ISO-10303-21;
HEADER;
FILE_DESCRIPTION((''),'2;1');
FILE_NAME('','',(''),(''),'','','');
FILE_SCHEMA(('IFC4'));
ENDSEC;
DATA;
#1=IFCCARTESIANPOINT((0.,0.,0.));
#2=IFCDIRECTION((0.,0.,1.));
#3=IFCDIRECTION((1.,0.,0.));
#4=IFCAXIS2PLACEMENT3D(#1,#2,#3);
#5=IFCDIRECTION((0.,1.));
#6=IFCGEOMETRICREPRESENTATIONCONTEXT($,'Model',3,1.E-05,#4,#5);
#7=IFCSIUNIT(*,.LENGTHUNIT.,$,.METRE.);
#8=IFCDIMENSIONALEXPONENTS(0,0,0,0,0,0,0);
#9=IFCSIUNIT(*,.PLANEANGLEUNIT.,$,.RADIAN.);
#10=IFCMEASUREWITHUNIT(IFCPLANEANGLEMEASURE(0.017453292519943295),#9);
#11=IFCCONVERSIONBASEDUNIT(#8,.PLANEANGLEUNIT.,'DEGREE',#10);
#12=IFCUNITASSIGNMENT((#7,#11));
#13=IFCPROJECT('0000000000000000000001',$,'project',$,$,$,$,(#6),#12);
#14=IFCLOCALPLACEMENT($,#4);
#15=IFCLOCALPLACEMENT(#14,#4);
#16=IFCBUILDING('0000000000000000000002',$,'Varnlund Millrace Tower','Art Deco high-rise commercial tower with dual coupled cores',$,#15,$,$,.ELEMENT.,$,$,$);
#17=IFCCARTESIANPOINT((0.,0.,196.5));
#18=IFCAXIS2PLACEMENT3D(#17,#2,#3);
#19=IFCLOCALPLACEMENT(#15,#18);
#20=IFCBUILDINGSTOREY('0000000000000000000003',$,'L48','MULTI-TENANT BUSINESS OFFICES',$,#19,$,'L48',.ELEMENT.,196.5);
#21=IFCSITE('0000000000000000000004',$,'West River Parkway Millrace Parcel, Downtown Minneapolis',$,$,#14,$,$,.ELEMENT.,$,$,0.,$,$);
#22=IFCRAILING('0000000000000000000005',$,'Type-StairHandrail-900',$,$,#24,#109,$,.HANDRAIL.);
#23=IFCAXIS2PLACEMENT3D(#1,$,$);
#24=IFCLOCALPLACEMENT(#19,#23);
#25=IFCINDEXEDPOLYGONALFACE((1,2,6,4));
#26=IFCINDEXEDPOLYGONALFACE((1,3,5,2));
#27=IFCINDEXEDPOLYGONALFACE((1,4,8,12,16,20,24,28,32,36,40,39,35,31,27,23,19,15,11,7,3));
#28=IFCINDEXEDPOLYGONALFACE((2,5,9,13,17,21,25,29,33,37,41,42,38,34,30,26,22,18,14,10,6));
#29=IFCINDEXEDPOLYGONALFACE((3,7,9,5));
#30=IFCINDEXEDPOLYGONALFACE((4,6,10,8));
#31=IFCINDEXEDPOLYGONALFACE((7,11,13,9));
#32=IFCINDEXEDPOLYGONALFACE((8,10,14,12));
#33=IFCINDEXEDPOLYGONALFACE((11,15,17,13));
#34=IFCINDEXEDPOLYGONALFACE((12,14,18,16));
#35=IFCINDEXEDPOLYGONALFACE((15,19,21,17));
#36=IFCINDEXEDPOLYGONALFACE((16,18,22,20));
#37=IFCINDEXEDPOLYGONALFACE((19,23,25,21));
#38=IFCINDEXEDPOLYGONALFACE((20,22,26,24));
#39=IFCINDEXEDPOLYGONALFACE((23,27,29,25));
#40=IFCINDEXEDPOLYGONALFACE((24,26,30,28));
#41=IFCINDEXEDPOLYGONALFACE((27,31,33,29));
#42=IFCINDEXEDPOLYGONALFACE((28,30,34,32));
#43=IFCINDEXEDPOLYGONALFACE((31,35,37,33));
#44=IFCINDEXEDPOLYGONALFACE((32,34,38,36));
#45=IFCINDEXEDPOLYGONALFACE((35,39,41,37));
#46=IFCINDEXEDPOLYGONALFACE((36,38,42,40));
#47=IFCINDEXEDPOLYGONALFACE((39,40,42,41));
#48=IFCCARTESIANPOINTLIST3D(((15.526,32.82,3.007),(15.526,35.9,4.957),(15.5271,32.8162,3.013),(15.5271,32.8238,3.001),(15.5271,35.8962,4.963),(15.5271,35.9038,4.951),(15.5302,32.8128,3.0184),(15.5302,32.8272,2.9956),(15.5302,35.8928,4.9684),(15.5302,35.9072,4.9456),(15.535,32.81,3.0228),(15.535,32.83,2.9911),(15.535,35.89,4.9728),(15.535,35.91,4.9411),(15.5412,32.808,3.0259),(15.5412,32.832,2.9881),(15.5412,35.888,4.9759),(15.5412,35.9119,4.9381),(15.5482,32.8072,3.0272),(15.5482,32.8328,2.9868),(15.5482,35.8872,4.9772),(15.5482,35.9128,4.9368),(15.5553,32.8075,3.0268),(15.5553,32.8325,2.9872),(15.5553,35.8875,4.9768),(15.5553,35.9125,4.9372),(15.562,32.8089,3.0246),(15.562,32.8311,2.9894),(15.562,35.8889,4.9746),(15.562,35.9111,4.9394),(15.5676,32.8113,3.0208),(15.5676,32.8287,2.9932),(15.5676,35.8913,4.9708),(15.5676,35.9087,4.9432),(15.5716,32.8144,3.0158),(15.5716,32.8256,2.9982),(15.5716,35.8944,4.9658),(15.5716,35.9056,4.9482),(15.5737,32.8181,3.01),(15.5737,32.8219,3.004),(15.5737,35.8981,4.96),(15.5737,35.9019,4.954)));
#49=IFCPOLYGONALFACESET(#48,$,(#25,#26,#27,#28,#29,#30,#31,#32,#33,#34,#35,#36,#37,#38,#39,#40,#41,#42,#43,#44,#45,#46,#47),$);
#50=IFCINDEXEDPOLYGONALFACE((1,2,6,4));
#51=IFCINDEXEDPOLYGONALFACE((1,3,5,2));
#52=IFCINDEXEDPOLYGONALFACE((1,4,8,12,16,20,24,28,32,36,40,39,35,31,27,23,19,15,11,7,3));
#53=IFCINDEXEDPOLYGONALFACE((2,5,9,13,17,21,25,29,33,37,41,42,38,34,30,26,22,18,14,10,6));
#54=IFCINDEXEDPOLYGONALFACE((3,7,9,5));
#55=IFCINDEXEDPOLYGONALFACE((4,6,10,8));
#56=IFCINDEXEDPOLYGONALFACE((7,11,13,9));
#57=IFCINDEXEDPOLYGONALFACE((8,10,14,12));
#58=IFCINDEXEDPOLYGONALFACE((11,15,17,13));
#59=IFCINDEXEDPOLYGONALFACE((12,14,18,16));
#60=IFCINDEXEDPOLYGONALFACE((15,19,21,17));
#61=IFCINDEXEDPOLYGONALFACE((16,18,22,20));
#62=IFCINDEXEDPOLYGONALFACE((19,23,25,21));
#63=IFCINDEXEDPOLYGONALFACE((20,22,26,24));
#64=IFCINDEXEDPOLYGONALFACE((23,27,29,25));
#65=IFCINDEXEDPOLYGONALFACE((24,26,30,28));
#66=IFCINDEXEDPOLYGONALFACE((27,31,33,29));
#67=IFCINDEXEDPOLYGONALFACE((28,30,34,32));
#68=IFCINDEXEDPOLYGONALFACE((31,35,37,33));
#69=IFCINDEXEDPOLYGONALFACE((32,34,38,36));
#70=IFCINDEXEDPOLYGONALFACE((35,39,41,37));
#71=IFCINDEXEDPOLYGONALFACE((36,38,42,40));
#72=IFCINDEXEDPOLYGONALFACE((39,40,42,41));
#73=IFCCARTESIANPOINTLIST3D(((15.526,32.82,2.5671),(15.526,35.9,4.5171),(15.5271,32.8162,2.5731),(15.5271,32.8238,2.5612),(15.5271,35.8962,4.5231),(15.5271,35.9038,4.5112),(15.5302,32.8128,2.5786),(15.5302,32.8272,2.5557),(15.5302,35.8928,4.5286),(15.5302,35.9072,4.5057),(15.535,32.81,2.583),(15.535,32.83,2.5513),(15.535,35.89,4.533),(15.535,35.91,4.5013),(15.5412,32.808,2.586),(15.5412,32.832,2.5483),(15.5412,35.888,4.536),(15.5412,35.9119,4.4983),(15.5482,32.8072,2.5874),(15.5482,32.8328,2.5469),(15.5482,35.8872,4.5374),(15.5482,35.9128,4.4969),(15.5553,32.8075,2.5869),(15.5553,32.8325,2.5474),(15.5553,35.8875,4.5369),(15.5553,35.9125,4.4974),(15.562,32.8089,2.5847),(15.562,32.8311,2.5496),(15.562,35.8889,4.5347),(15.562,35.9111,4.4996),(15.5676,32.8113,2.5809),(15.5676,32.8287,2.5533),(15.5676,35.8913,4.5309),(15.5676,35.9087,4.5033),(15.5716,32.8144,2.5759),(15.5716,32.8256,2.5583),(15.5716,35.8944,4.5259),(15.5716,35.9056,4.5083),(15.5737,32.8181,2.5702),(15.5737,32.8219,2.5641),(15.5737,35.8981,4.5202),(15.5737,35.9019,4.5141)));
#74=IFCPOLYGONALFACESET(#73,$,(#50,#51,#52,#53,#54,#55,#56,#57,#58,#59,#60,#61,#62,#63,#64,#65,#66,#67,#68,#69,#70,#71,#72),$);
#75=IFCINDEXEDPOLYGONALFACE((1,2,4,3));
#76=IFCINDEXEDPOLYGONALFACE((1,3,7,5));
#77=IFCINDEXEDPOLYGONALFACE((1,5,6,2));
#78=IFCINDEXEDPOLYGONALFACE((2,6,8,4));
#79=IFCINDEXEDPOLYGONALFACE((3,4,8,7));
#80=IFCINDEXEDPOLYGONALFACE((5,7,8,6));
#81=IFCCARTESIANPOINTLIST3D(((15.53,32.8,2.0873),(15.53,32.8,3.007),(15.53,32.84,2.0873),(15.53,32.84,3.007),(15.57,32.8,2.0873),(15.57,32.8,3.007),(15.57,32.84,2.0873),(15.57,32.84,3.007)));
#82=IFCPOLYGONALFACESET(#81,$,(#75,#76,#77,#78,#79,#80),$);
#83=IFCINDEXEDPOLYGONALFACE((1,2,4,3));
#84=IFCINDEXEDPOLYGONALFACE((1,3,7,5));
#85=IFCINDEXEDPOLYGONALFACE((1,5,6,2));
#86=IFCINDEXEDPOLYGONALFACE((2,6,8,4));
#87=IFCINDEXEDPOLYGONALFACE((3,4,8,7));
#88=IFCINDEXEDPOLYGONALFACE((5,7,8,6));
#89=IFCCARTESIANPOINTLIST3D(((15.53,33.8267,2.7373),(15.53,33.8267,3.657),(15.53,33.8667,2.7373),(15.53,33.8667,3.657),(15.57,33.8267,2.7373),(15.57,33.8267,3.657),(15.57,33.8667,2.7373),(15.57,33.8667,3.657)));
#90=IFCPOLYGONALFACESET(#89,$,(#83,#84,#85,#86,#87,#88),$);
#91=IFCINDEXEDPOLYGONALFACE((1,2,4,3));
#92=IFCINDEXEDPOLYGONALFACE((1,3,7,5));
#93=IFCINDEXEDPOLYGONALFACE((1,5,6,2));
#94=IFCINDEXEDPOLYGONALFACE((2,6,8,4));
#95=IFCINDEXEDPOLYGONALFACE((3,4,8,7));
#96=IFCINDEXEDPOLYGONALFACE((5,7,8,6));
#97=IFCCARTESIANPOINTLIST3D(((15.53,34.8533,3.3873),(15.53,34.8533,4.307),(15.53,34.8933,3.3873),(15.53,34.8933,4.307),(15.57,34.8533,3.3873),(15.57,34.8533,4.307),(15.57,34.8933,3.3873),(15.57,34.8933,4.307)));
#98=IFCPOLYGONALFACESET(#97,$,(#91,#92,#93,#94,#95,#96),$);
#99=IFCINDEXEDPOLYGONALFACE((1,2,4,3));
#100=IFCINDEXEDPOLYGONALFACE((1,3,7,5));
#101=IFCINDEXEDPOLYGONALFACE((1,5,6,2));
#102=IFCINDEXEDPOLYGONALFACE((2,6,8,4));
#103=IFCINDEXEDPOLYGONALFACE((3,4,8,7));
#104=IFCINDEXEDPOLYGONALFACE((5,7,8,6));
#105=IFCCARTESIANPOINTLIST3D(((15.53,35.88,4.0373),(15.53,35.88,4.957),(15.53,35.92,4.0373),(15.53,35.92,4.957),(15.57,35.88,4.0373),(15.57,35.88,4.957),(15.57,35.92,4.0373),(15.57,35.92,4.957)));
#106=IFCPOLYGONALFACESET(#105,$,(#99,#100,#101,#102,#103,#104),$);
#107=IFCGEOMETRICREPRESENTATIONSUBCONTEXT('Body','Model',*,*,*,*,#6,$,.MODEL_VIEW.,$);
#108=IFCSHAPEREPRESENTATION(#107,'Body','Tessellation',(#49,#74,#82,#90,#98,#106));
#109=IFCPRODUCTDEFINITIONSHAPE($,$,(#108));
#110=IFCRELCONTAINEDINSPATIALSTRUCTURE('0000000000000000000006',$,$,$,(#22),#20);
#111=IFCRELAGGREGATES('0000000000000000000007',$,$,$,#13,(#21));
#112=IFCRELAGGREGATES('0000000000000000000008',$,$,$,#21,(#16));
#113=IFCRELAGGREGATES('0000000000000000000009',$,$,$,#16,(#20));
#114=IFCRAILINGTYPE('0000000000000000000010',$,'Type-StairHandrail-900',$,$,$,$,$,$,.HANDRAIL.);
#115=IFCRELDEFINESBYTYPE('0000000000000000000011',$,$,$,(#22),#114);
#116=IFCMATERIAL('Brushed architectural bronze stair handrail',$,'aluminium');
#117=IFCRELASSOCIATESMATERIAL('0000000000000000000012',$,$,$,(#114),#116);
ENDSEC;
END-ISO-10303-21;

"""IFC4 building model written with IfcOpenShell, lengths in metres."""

from ifc_helpers import new_model, entity, si_unit, converted_unit, direction, frame, origin_with_axes, origin_2d_with_axis, place, context, subcontext, project, spatial, rectangle, circle, extrude, material, type_object, element, save


model = new_model("IFC4")

# Units and contexts
model_context = context("Model", 3, precision=1e-05, world=origin_with_axes(), true_north=direction((0.0, 1.0)))
body_context = subcontext(model_context, "Body", "Model", "MODEL_VIEW")
ifc_project = project(units=[si_unit("LENGTHUNIT", "METRE"), converted_unit("PLANEANGLEUNIT", "DEGREE", entity("IfcPlaneAngleMeasure", 0.017453292519943295), si_unit("PLANEANGLEUNIT", "RADIAN"), dimensions=[0, 0, 0, 0, 0, 0, 0])], contexts=[model_context])

# Site, building, storey
site_placement = place(None, origin_with_axes())
site = spatial("IfcSite", under=ifc_project, at=site_placement, Name="West River Parkway Millrace Parcel, Downtown Minneapolis", CompositionType="ELEMENT", RefElevation=0.0)
building_placement = place(site_placement, origin_with_axes())
building = spatial("IfcBuilding", under=site, at=building_placement, Name="Varnlund Millrace Tower", Description="Art Deco high-rise commercial tower with dual coupled cores", CompositionType="ELEMENT")
storey_placement = place(building_placement, frame((0.0, 0.0, 196.5), z_axis=(0.0, 0.0, 1.0), x_axis=(1.0, 0.0, 0.0)))
storey = spatial("IfcBuildingStorey", under=building, at=storey_placement, Name="L48", Description="MULTI-TENANT BUSINESS OFFICES", LongName="L48", CompositionType="ELEMENT", Elevation=196.5)

# Railing
ifc_material_1 = material(Name="Brushed architectural bronze stair handrail", Category="aluminium")
railing_type_1 = type_object("IfcRailingType", Name="Type-StairHandrail-900", PredefinedType="HANDRAIL", material=ifc_material_1)
railing_1_placement = place(storey_placement, frame((0.0, 0.0, -196.5), z_axis=(0.0, 0.0, 1.0), x_axis=(1.0, 0.0, 0.0)))
element("IfcRailing", 1, at=railing_1_placement, inside=storey, type_object=railing_type_1, Name="Type-StairHandrail-900", PredefinedType="HANDRAIL", context=body_context, shape_type="SweptSolid", body=[
    extrude(circle(Radius=0.024, at=origin_2d_with_axis()), frame((15.55, 32.82, 199.507), z_axis=(0.0, 0.844902, 0.534922), x_axis=(-1.0, 0.0, 0.0)), (0.0, 0.0, 1.0), 3.6454),
    extrude(circle(Radius=0.024, at=origin_2d_with_axis()), frame((15.55, 32.82, 199.0671), z_axis=(0.0, 0.844902, 0.534922), x_axis=(-1.0, 0.0, 0.0)), (0.0, 0.0, 1.0), 3.6454),
    extrude(rectangle(XDim=0.04, YDim=0.04, at=origin_2d_with_axis()), frame((15.55, 32.82, 198.5873), z_axis=(0.0, 0.0, 1.0), x_axis=(1.0, 0.0, 0.0)), (0.0, 0.0, 1.0), 0.9197),
    extrude(rectangle(XDim=0.04, YDim=0.04, at=origin_2d_with_axis()), frame((15.55, 33.8467, 199.2373), z_axis=(0.0, 0.0, 1.0), x_axis=(1.0, 0.0, 0.0)), (0.0, 0.0, 1.0), 0.9197),
    extrude(rectangle(XDim=0.04, YDim=0.04, at=origin_2d_with_axis()), frame((15.55, 34.8733, 199.8873), z_axis=(0.0, 0.0, 1.0), x_axis=(1.0, 0.0, 0.0)), (0.0, 0.0, 1.0), 0.9197),
    extrude(rectangle(XDim=0.04, YDim=0.04, at=origin_2d_with_axis()), frame((15.55, 35.9, 200.5373), z_axis=(0.0, 0.0, 1.0), x_axis=(1.0, 0.0, 0.0)), (0.0, 0.0, 1.0), 0.9197),
])

save(model, "model.ifc")
